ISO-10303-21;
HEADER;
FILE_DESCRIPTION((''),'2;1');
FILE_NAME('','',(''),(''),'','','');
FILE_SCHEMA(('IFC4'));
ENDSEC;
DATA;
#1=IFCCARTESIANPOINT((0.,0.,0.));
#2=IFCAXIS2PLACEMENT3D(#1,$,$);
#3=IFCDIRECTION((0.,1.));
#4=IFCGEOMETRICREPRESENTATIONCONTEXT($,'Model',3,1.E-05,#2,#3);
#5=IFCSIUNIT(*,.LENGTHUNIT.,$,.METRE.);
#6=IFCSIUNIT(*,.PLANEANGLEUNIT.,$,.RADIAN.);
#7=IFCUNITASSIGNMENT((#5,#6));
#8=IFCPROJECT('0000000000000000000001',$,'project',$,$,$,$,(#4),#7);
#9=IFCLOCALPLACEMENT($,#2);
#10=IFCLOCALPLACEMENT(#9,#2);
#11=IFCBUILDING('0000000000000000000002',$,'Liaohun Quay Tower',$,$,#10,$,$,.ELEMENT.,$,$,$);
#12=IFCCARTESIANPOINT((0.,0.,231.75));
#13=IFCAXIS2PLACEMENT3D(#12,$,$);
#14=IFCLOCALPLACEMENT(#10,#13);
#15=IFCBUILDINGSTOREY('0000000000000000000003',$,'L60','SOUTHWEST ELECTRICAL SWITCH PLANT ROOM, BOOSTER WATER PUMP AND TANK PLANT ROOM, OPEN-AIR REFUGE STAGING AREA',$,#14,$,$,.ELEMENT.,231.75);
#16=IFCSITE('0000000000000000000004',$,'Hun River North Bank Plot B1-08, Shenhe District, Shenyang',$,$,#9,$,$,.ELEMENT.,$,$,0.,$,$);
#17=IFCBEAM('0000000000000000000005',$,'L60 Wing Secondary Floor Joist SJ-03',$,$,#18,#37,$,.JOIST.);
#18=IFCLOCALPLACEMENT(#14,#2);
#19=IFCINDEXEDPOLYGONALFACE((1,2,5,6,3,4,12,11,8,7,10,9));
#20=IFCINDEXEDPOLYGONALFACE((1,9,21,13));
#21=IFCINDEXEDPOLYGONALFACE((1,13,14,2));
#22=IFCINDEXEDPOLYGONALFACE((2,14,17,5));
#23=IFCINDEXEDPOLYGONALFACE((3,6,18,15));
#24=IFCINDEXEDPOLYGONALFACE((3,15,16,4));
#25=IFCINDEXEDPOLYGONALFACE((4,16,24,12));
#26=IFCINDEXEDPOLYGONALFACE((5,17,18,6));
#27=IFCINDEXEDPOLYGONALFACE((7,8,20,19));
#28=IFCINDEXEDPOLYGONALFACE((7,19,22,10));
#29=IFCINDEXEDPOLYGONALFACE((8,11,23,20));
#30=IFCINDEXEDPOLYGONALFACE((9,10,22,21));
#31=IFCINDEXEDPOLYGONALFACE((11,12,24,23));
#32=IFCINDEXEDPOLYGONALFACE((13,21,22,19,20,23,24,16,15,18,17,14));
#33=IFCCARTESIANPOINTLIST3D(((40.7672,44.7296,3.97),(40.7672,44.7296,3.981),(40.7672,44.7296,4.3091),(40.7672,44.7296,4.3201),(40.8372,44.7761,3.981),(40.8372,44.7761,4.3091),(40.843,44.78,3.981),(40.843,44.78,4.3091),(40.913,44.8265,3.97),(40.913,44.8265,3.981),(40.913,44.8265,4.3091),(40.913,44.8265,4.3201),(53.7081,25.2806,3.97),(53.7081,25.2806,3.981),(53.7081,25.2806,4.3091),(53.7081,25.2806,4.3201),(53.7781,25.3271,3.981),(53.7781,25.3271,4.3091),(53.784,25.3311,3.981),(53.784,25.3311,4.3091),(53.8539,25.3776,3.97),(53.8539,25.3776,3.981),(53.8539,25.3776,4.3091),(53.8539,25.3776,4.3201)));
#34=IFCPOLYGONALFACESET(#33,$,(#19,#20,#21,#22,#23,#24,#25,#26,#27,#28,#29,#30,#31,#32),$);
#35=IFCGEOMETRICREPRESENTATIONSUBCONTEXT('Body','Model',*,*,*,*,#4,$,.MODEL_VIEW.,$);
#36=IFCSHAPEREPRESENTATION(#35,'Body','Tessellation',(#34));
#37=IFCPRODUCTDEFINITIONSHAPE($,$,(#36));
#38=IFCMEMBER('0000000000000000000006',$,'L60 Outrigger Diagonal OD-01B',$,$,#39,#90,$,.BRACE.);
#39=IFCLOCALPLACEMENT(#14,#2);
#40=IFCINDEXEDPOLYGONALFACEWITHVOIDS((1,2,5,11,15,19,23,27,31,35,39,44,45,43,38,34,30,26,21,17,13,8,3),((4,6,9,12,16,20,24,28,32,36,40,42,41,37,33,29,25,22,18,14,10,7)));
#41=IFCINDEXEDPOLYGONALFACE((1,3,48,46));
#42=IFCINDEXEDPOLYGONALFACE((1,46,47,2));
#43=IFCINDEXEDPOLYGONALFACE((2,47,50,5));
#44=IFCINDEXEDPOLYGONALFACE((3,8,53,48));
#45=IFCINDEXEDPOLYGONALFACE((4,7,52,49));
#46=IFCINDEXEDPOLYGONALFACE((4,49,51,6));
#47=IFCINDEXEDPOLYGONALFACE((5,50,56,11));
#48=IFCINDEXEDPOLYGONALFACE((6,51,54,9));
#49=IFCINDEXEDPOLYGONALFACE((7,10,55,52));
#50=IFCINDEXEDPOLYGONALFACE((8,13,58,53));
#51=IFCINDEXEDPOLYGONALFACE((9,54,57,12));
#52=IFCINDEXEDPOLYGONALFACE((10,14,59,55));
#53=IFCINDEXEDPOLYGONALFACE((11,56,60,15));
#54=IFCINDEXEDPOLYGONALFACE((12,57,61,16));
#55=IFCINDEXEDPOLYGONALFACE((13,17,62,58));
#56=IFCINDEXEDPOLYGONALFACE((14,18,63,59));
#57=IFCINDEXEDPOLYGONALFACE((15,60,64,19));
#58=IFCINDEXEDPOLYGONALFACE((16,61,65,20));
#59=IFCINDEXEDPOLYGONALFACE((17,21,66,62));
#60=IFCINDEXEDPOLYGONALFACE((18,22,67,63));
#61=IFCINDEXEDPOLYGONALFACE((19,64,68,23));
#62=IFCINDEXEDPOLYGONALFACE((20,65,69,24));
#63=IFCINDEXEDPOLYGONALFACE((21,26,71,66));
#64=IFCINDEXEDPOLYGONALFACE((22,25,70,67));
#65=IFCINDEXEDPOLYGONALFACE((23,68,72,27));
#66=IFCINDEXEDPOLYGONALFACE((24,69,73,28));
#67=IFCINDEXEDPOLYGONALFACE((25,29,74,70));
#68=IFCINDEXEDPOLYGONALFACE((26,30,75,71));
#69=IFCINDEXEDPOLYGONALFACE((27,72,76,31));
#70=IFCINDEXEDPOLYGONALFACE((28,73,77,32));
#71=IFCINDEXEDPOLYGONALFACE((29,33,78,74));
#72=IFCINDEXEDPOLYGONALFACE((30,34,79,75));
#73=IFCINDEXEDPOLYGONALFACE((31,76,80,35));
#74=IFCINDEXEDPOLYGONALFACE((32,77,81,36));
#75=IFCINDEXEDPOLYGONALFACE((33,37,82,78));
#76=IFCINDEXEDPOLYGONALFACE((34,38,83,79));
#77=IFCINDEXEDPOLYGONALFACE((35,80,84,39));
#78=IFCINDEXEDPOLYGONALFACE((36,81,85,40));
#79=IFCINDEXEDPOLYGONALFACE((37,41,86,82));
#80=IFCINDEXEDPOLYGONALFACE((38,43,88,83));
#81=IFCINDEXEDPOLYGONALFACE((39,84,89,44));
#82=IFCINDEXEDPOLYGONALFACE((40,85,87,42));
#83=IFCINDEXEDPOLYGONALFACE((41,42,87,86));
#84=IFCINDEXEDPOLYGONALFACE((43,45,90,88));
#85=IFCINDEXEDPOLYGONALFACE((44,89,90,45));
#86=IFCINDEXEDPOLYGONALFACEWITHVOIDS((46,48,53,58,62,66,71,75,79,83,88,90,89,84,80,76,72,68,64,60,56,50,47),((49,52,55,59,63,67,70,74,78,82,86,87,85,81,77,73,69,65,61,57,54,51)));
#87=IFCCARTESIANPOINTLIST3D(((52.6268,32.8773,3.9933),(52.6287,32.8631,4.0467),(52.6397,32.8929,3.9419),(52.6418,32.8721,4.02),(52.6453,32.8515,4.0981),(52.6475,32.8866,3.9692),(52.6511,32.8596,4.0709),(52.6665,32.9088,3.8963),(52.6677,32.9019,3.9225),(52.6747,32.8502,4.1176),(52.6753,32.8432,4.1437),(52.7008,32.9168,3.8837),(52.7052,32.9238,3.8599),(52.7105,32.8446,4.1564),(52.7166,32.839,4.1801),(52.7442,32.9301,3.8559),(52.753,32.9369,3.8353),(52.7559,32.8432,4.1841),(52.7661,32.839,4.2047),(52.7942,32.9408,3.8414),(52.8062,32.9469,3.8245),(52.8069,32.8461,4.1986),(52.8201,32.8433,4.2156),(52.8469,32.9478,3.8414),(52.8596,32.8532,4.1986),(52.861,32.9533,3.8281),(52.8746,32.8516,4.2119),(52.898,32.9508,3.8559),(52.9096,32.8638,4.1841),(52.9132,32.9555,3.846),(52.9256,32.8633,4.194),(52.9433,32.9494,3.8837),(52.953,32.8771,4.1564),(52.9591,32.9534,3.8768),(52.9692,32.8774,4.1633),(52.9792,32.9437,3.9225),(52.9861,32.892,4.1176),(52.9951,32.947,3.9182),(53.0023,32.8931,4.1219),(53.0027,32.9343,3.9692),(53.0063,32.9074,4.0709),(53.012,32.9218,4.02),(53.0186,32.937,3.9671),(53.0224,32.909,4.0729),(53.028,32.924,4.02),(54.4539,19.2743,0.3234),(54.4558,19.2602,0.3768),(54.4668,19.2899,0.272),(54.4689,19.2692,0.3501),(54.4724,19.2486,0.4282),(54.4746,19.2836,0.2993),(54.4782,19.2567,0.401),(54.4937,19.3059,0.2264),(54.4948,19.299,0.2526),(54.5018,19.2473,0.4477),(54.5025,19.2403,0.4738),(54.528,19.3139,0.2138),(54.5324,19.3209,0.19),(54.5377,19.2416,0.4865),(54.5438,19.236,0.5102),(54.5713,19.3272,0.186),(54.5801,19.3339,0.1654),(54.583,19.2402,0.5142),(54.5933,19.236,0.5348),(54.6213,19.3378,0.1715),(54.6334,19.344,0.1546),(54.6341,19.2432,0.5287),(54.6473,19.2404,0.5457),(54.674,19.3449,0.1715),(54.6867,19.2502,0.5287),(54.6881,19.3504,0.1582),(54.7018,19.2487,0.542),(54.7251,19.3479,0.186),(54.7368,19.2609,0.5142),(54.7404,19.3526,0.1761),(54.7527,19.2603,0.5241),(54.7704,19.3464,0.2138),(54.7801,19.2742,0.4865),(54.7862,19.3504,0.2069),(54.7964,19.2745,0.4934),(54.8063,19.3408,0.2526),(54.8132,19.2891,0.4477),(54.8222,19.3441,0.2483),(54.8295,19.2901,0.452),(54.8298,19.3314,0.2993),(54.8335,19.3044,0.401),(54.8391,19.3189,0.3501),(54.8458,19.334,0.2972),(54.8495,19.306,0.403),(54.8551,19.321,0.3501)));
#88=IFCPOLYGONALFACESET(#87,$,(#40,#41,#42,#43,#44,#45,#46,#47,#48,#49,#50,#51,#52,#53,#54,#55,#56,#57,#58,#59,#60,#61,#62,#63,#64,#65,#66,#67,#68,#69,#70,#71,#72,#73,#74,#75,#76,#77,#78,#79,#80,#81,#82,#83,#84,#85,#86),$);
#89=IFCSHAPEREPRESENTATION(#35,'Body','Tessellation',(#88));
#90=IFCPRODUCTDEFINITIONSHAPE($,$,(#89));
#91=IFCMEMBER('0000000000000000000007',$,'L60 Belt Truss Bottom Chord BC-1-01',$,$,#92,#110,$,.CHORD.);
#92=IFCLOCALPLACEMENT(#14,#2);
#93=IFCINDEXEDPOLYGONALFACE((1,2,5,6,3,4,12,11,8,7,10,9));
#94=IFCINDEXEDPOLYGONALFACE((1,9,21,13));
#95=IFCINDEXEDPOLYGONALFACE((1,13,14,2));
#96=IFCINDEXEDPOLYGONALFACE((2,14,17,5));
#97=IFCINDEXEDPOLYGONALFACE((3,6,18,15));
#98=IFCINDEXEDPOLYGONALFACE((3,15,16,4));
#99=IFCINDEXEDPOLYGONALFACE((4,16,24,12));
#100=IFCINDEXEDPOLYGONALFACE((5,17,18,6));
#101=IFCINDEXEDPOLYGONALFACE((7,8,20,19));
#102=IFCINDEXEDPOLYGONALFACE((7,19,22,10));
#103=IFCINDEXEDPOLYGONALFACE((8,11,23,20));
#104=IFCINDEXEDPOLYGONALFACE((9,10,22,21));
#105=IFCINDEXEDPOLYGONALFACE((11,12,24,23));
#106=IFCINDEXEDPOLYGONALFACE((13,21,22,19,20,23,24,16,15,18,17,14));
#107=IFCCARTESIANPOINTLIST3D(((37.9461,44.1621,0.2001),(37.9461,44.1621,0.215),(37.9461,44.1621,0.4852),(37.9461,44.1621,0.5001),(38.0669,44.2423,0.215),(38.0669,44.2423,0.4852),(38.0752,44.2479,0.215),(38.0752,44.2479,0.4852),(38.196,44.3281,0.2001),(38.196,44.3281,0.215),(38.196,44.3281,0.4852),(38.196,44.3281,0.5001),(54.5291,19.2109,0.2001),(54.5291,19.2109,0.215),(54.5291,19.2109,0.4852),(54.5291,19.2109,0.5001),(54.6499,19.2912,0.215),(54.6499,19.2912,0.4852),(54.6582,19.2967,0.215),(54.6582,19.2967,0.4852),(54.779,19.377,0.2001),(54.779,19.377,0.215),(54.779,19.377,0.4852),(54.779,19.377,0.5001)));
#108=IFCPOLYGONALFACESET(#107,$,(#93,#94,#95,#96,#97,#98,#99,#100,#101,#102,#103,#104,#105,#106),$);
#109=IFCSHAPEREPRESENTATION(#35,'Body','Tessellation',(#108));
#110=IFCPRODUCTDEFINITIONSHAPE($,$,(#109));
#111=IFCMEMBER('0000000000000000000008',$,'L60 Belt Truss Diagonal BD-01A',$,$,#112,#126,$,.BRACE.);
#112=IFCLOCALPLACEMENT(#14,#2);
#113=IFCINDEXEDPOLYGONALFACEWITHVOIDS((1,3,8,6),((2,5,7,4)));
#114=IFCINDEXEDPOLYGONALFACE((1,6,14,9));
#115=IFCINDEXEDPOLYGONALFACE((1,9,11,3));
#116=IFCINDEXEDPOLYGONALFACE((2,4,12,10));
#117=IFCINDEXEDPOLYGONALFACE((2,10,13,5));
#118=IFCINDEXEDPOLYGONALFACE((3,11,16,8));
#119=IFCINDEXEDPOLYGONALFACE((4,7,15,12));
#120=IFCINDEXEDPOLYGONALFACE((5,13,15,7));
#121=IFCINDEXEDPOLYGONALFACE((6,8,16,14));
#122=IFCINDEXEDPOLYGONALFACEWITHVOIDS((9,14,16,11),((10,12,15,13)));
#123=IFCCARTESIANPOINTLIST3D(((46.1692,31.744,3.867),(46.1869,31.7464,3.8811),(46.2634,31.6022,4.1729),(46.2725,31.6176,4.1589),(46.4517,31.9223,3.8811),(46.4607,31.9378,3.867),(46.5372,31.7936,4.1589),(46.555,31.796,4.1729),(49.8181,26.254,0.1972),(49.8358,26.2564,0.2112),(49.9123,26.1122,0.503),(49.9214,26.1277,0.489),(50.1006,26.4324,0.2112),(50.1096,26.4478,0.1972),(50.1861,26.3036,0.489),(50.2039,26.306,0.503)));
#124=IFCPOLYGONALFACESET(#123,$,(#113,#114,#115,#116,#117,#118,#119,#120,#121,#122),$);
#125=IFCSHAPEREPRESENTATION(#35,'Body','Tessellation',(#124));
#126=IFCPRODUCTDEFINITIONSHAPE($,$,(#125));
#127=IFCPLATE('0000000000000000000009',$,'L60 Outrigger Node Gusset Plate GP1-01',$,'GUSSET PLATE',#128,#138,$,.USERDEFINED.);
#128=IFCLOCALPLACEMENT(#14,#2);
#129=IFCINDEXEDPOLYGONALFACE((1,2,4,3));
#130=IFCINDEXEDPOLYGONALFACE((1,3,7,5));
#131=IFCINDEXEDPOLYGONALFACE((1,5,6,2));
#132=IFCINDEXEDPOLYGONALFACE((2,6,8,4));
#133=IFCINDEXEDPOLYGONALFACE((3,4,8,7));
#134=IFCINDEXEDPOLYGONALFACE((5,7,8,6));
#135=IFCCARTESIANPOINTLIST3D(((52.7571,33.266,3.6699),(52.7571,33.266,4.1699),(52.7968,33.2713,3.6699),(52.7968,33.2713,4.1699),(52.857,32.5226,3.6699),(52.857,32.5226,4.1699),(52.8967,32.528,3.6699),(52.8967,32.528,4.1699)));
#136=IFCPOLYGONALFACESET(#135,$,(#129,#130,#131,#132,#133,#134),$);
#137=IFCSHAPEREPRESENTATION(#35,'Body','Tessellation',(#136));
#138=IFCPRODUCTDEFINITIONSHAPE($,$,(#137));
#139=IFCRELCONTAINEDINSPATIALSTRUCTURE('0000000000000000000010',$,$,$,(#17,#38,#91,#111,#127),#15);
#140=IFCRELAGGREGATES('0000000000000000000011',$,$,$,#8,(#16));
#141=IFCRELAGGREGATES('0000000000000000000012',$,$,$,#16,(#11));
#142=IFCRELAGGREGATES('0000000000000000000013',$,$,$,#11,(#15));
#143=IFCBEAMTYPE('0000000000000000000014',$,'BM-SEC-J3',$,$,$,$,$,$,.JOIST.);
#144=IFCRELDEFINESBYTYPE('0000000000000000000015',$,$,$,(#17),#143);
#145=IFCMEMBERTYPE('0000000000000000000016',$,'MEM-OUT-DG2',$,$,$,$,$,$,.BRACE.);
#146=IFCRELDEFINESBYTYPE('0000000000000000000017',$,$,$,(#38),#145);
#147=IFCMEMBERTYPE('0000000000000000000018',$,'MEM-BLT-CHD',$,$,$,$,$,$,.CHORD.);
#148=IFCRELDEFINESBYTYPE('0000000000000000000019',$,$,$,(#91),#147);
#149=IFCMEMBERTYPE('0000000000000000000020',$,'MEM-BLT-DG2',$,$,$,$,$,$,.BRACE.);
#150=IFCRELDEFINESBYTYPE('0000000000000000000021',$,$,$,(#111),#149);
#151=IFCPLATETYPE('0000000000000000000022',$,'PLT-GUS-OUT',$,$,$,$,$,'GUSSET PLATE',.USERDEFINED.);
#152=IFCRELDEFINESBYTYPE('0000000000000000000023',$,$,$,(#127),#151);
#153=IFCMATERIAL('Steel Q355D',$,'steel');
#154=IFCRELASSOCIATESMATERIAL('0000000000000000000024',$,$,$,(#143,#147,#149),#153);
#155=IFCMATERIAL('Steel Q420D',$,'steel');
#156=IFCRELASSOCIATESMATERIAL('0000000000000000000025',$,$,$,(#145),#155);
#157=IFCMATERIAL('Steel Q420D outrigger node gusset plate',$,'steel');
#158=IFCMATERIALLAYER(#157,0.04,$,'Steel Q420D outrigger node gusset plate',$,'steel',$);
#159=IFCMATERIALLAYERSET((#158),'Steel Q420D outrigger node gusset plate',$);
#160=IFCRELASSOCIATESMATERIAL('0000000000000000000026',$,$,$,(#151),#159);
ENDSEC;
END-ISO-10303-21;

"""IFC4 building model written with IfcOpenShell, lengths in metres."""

from ifc_helpers import new_model, si_unit, direction, frame, origin, origin_2d, place, context, subcontext, project, spatial, rectangle, hollow_rectangle, hollow_circle, i_section, extrude, source, transform, mapped, material, layer, layer_set, material_profile, profile_set, type_object, element, save


model = new_model("IFC4")

# Units and contexts
model_context = context("Model", 3, precision=1e-05, world=origin(), true_north=direction((0.0, 1.0)))
body_context = subcontext(model_context, "Body", "Model", "MODEL_VIEW")
ifc_project = project(units=[si_unit("LENGTHUNIT", "METRE"), si_unit("PLANEANGLEUNIT", "RADIAN")], contexts=[model_context])

# Site, building, storey
site_placement = place(None, origin())
site = spatial("IfcSite", under=ifc_project, at=site_placement, Name="Hun River North Bank Plot B1-08, Shenhe District, Shenyang", CompositionType="ELEMENT", RefElevation=0.0)
building_placement = place(site_placement, origin())
building = spatial("IfcBuilding", under=site, at=building_placement, Name="Liaohun Quay Tower", CompositionType="ELEMENT")
storey_placement = place(building_placement, frame((0.0, 0.0, 231.75)))
storey = spatial("IfcBuildingStorey", under=building, at=storey_placement, Name="L60", Description="SOUTHWEST ELECTRICAL SWITCH PLANT ROOM, BOOSTER WATER PUMP AND TANK PLANT ROOM, OPEN-AIR REFUGE STAGING AREA", CompositionType="ELEMENT", Elevation=231.75)

# Beam
ifc_material_1 = material(Name="Steel Q355D", Category="steel")
ifc_material_profile_1 = material_profile(ifc_material_1, i_section(OverallWidth=0.175, OverallDepth=0.3501, WebThickness=0.0071, FlangeThickness=0.011, at=origin_2d()), Name="HN350x175x7x11")
ifc_profile_set_1 = profile_set([ifc_material_profile_1], Name="Steel Q355D")
beam_type_1 = type_object("IfcBeamType", Name="BM-SEC-J3", PredefinedType="JOIST", material=ifc_profile_set_1)
shared_shape_1 = source(origin(), body_context, "Body", "SweptSolid", [
    extrude(i_section(OverallWidth=0.175, OverallDepth=0.3501, WebThickness=0.0071, FlangeThickness=0.011, at=origin_2d()), origin(), (0.0, 0.0, 1.0), 23.3608),
])
beam_1_placement = place(storey_placement, frame((53.781, 25.3291, 4.145), z_axis=(-0.553957, 0.832545, 0.0), x_axis=(-0.832545, -0.553957, 0.0)))
element("IfcBeam", 1, at=beam_1_placement, inside=storey, type_object=beam_type_1, Name="L60 Wing Secondary Floor Joist SJ-03", PredefinedType="JOIST", context=body_context, shape_type="MappedRepresentation", body=[
    mapped(shared_shape_1, transform((0.0, 0.0, 0.0), x_axis=(1.0, 0.0, 0.0), y_axis=(0.0, 1.0, 0.0), z_axis=(0.0, 0.0, 1.0), scale=1.0)),
])

# Members
ifc_material_2 = material(Name="Steel Q420D", Category="steel")
ifc_material_profile_2 = material_profile(ifc_material_2, hollow_circle(Radius=0.2029, WallThickness=0.0161, at=origin_2d()), Name="CHS406x16")
ifc_profile_set_2 = profile_set([ifc_material_profile_2], Name="Steel Q420D")
member_type_1 = type_object("IfcMemberType", Name="MEM-OUT-DG2", PredefinedType="BRACE", material=ifc_profile_set_2)
shared_shape_2 = source(origin(), body_context, "Body", "SweptSolid", [
    extrude(hollow_circle(Radius=0.2029, WallThickness=0.0161, at=origin_2d()), origin(), (0.0, 0.0, 1.0), 14.2073),
])
member_1_placement = place(storey_placement, frame((52.8269, 32.897, 4.02), z_axis=(0.128606, -0.957463, -0.258311), x_axis=(0.991099, 0.133124, 0.0)))
element("IfcMember", 2, at=member_1_placement, inside=storey, type_object=member_type_1, Name="L60 Outrigger Diagonal OD-01B", PredefinedType="BRACE", context=body_context, shape_type="MappedRepresentation", body=[
    mapped(shared_shape_2, transform((0.0, 0.0, 0.0), x_axis=(1.0, 0.0, 0.0), y_axis=(0.0, 1.0, 0.0), z_axis=(0.0, 0.0, 1.0), scale=1.0)),
])
ifc_material_profile_3 = material_profile(ifc_material_1, i_section(OverallWidth=0.3, OverallDepth=0.3, WebThickness=0.01, FlangeThickness=0.0149, at=origin_2d()), Name="HW300x300x10x15")
ifc_profile_set_3 = profile_set([ifc_material_profile_3], Name="Steel Q355D")
member_type_2 = type_object("IfcMemberType", Name="MEM-BLT-CHD", PredefinedType="CHORD", material=ifc_profile_set_3)
shared_shape_3 = source(origin(), body_context, "Body", "SweptSolid", [
    extrude(i_section(OverallWidth=0.3, OverallDepth=0.3, WebThickness=0.01, FlangeThickness=0.0149, at=origin_2d()), origin(), (0.0, 0.0, 1.0), 29.9592),
])
member_2_placement = place(storey_placement, frame((54.6541, 19.2939, 0.3501), z_axis=(-0.553519, 0.832837, 0.0), x_axis=(-0.832837, -0.553519, 0.0)))
element("IfcMember", 3, at=member_2_placement, inside=storey, type_object=member_type_2, Name="L60 Belt Truss Bottom Chord BC-1-01", PredefinedType="CHORD", context=body_context, shape_type="MappedRepresentation", body=[
    mapped(shared_shape_3, transform((0.0, 0.0, 0.0), x_axis=(1.0, 0.0, 0.0), y_axis=(0.0, 1.0, 0.0), z_axis=(0.0, 0.0, 1.0), scale=1.0)),
])
ifc_material_profile_4 = material_profile(ifc_material_1, hollow_rectangle(XDim=0.3501, YDim=0.3501, WallThickness=0.0161, at=origin_2d()), Name="SHS350x350x16")
ifc_profile_set_4 = profile_set([ifc_material_profile_4], Name="Steel Q355D")
member_type_3 = type_object("IfcMemberType", Name="MEM-BLT-DG2", PredefinedType="BRACE", material=ifc_profile_set_4)
shared_shape_4 = source(origin(), body_context, "Body", "SweptSolid", [
    extrude(hollow_rectangle(XDim=0.3501, YDim=0.3501, WallThickness=0.0161, at=origin_2d()), origin(), (0.0, 0.0, 1.0), 7.5447),
])
member_3_placement = place(storey_placement, frame((50.011, 26.28, 0.3501), z_axis=(-0.483639, 0.727659, 0.486422), x_axis=(-0.832824, -0.553537, 0.0)))
element("IfcMember", 4, at=member_3_placement, inside=storey, type_object=member_type_3, Name="L60 Belt Truss Diagonal BD-01A", PredefinedType="BRACE", context=body_context, shape_type="MappedRepresentation", body=[
    mapped(shared_shape_4, transform((0.0, 0.0, 0.0), x_axis=(1.0, 0.0, 0.0), y_axis=(0.0, 1.0, 0.0), z_axis=(0.0, 0.0, 1.0), scale=1.0)),
])

# Plate
ifc_material_3 = material(Name="Steel Q420D outrigger node gusset plate", Category="steel")
ifc_layer = layer(ifc_material_3, 0.04, Name="Steel Q420D outrigger node gusset plate", Category="steel")
ifc_layer_set = layer_set([ifc_layer], Name="Steel Q420D outrigger node gusset plate")
plate_type = type_object("IfcPlateType", Name="PLT-GUS-OUT", ElementType="GUSSET PLATE", PredefinedType="USERDEFINED", material=ifc_layer_set)
shared_shape_5 = source(origin(), body_context, "Body", "SweptSolid", [
    extrude(rectangle(XDim=0.75, YDim=0.04, at=origin_2d()), origin(), (0.0, 0.0, 1.0), 0.5),
])
plate_placement = place(storey_placement, frame((52.8269, 32.897, 3.6699), z_axis=(0.0, 0.0, 1.0), x_axis=(0.133121, -0.9911, 0.0)))
element("IfcPlate", 5, at=plate_placement, inside=storey, type_object=plate_type, Name="L60 Outrigger Node Gusset Plate GP1-01", ObjectType="GUSSET PLATE", PredefinedType="USERDEFINED", context=body_context, shape_type="MappedRepresentation", body=[
    mapped(shared_shape_5, transform((0.0, 0.0, 0.0), x_axis=(1.0, 0.0, 0.0), y_axis=(0.0, 1.0, 0.0), z_axis=(0.0, 0.0, 1.0), scale=1.0)),
])

save(model, "model.ifc")
